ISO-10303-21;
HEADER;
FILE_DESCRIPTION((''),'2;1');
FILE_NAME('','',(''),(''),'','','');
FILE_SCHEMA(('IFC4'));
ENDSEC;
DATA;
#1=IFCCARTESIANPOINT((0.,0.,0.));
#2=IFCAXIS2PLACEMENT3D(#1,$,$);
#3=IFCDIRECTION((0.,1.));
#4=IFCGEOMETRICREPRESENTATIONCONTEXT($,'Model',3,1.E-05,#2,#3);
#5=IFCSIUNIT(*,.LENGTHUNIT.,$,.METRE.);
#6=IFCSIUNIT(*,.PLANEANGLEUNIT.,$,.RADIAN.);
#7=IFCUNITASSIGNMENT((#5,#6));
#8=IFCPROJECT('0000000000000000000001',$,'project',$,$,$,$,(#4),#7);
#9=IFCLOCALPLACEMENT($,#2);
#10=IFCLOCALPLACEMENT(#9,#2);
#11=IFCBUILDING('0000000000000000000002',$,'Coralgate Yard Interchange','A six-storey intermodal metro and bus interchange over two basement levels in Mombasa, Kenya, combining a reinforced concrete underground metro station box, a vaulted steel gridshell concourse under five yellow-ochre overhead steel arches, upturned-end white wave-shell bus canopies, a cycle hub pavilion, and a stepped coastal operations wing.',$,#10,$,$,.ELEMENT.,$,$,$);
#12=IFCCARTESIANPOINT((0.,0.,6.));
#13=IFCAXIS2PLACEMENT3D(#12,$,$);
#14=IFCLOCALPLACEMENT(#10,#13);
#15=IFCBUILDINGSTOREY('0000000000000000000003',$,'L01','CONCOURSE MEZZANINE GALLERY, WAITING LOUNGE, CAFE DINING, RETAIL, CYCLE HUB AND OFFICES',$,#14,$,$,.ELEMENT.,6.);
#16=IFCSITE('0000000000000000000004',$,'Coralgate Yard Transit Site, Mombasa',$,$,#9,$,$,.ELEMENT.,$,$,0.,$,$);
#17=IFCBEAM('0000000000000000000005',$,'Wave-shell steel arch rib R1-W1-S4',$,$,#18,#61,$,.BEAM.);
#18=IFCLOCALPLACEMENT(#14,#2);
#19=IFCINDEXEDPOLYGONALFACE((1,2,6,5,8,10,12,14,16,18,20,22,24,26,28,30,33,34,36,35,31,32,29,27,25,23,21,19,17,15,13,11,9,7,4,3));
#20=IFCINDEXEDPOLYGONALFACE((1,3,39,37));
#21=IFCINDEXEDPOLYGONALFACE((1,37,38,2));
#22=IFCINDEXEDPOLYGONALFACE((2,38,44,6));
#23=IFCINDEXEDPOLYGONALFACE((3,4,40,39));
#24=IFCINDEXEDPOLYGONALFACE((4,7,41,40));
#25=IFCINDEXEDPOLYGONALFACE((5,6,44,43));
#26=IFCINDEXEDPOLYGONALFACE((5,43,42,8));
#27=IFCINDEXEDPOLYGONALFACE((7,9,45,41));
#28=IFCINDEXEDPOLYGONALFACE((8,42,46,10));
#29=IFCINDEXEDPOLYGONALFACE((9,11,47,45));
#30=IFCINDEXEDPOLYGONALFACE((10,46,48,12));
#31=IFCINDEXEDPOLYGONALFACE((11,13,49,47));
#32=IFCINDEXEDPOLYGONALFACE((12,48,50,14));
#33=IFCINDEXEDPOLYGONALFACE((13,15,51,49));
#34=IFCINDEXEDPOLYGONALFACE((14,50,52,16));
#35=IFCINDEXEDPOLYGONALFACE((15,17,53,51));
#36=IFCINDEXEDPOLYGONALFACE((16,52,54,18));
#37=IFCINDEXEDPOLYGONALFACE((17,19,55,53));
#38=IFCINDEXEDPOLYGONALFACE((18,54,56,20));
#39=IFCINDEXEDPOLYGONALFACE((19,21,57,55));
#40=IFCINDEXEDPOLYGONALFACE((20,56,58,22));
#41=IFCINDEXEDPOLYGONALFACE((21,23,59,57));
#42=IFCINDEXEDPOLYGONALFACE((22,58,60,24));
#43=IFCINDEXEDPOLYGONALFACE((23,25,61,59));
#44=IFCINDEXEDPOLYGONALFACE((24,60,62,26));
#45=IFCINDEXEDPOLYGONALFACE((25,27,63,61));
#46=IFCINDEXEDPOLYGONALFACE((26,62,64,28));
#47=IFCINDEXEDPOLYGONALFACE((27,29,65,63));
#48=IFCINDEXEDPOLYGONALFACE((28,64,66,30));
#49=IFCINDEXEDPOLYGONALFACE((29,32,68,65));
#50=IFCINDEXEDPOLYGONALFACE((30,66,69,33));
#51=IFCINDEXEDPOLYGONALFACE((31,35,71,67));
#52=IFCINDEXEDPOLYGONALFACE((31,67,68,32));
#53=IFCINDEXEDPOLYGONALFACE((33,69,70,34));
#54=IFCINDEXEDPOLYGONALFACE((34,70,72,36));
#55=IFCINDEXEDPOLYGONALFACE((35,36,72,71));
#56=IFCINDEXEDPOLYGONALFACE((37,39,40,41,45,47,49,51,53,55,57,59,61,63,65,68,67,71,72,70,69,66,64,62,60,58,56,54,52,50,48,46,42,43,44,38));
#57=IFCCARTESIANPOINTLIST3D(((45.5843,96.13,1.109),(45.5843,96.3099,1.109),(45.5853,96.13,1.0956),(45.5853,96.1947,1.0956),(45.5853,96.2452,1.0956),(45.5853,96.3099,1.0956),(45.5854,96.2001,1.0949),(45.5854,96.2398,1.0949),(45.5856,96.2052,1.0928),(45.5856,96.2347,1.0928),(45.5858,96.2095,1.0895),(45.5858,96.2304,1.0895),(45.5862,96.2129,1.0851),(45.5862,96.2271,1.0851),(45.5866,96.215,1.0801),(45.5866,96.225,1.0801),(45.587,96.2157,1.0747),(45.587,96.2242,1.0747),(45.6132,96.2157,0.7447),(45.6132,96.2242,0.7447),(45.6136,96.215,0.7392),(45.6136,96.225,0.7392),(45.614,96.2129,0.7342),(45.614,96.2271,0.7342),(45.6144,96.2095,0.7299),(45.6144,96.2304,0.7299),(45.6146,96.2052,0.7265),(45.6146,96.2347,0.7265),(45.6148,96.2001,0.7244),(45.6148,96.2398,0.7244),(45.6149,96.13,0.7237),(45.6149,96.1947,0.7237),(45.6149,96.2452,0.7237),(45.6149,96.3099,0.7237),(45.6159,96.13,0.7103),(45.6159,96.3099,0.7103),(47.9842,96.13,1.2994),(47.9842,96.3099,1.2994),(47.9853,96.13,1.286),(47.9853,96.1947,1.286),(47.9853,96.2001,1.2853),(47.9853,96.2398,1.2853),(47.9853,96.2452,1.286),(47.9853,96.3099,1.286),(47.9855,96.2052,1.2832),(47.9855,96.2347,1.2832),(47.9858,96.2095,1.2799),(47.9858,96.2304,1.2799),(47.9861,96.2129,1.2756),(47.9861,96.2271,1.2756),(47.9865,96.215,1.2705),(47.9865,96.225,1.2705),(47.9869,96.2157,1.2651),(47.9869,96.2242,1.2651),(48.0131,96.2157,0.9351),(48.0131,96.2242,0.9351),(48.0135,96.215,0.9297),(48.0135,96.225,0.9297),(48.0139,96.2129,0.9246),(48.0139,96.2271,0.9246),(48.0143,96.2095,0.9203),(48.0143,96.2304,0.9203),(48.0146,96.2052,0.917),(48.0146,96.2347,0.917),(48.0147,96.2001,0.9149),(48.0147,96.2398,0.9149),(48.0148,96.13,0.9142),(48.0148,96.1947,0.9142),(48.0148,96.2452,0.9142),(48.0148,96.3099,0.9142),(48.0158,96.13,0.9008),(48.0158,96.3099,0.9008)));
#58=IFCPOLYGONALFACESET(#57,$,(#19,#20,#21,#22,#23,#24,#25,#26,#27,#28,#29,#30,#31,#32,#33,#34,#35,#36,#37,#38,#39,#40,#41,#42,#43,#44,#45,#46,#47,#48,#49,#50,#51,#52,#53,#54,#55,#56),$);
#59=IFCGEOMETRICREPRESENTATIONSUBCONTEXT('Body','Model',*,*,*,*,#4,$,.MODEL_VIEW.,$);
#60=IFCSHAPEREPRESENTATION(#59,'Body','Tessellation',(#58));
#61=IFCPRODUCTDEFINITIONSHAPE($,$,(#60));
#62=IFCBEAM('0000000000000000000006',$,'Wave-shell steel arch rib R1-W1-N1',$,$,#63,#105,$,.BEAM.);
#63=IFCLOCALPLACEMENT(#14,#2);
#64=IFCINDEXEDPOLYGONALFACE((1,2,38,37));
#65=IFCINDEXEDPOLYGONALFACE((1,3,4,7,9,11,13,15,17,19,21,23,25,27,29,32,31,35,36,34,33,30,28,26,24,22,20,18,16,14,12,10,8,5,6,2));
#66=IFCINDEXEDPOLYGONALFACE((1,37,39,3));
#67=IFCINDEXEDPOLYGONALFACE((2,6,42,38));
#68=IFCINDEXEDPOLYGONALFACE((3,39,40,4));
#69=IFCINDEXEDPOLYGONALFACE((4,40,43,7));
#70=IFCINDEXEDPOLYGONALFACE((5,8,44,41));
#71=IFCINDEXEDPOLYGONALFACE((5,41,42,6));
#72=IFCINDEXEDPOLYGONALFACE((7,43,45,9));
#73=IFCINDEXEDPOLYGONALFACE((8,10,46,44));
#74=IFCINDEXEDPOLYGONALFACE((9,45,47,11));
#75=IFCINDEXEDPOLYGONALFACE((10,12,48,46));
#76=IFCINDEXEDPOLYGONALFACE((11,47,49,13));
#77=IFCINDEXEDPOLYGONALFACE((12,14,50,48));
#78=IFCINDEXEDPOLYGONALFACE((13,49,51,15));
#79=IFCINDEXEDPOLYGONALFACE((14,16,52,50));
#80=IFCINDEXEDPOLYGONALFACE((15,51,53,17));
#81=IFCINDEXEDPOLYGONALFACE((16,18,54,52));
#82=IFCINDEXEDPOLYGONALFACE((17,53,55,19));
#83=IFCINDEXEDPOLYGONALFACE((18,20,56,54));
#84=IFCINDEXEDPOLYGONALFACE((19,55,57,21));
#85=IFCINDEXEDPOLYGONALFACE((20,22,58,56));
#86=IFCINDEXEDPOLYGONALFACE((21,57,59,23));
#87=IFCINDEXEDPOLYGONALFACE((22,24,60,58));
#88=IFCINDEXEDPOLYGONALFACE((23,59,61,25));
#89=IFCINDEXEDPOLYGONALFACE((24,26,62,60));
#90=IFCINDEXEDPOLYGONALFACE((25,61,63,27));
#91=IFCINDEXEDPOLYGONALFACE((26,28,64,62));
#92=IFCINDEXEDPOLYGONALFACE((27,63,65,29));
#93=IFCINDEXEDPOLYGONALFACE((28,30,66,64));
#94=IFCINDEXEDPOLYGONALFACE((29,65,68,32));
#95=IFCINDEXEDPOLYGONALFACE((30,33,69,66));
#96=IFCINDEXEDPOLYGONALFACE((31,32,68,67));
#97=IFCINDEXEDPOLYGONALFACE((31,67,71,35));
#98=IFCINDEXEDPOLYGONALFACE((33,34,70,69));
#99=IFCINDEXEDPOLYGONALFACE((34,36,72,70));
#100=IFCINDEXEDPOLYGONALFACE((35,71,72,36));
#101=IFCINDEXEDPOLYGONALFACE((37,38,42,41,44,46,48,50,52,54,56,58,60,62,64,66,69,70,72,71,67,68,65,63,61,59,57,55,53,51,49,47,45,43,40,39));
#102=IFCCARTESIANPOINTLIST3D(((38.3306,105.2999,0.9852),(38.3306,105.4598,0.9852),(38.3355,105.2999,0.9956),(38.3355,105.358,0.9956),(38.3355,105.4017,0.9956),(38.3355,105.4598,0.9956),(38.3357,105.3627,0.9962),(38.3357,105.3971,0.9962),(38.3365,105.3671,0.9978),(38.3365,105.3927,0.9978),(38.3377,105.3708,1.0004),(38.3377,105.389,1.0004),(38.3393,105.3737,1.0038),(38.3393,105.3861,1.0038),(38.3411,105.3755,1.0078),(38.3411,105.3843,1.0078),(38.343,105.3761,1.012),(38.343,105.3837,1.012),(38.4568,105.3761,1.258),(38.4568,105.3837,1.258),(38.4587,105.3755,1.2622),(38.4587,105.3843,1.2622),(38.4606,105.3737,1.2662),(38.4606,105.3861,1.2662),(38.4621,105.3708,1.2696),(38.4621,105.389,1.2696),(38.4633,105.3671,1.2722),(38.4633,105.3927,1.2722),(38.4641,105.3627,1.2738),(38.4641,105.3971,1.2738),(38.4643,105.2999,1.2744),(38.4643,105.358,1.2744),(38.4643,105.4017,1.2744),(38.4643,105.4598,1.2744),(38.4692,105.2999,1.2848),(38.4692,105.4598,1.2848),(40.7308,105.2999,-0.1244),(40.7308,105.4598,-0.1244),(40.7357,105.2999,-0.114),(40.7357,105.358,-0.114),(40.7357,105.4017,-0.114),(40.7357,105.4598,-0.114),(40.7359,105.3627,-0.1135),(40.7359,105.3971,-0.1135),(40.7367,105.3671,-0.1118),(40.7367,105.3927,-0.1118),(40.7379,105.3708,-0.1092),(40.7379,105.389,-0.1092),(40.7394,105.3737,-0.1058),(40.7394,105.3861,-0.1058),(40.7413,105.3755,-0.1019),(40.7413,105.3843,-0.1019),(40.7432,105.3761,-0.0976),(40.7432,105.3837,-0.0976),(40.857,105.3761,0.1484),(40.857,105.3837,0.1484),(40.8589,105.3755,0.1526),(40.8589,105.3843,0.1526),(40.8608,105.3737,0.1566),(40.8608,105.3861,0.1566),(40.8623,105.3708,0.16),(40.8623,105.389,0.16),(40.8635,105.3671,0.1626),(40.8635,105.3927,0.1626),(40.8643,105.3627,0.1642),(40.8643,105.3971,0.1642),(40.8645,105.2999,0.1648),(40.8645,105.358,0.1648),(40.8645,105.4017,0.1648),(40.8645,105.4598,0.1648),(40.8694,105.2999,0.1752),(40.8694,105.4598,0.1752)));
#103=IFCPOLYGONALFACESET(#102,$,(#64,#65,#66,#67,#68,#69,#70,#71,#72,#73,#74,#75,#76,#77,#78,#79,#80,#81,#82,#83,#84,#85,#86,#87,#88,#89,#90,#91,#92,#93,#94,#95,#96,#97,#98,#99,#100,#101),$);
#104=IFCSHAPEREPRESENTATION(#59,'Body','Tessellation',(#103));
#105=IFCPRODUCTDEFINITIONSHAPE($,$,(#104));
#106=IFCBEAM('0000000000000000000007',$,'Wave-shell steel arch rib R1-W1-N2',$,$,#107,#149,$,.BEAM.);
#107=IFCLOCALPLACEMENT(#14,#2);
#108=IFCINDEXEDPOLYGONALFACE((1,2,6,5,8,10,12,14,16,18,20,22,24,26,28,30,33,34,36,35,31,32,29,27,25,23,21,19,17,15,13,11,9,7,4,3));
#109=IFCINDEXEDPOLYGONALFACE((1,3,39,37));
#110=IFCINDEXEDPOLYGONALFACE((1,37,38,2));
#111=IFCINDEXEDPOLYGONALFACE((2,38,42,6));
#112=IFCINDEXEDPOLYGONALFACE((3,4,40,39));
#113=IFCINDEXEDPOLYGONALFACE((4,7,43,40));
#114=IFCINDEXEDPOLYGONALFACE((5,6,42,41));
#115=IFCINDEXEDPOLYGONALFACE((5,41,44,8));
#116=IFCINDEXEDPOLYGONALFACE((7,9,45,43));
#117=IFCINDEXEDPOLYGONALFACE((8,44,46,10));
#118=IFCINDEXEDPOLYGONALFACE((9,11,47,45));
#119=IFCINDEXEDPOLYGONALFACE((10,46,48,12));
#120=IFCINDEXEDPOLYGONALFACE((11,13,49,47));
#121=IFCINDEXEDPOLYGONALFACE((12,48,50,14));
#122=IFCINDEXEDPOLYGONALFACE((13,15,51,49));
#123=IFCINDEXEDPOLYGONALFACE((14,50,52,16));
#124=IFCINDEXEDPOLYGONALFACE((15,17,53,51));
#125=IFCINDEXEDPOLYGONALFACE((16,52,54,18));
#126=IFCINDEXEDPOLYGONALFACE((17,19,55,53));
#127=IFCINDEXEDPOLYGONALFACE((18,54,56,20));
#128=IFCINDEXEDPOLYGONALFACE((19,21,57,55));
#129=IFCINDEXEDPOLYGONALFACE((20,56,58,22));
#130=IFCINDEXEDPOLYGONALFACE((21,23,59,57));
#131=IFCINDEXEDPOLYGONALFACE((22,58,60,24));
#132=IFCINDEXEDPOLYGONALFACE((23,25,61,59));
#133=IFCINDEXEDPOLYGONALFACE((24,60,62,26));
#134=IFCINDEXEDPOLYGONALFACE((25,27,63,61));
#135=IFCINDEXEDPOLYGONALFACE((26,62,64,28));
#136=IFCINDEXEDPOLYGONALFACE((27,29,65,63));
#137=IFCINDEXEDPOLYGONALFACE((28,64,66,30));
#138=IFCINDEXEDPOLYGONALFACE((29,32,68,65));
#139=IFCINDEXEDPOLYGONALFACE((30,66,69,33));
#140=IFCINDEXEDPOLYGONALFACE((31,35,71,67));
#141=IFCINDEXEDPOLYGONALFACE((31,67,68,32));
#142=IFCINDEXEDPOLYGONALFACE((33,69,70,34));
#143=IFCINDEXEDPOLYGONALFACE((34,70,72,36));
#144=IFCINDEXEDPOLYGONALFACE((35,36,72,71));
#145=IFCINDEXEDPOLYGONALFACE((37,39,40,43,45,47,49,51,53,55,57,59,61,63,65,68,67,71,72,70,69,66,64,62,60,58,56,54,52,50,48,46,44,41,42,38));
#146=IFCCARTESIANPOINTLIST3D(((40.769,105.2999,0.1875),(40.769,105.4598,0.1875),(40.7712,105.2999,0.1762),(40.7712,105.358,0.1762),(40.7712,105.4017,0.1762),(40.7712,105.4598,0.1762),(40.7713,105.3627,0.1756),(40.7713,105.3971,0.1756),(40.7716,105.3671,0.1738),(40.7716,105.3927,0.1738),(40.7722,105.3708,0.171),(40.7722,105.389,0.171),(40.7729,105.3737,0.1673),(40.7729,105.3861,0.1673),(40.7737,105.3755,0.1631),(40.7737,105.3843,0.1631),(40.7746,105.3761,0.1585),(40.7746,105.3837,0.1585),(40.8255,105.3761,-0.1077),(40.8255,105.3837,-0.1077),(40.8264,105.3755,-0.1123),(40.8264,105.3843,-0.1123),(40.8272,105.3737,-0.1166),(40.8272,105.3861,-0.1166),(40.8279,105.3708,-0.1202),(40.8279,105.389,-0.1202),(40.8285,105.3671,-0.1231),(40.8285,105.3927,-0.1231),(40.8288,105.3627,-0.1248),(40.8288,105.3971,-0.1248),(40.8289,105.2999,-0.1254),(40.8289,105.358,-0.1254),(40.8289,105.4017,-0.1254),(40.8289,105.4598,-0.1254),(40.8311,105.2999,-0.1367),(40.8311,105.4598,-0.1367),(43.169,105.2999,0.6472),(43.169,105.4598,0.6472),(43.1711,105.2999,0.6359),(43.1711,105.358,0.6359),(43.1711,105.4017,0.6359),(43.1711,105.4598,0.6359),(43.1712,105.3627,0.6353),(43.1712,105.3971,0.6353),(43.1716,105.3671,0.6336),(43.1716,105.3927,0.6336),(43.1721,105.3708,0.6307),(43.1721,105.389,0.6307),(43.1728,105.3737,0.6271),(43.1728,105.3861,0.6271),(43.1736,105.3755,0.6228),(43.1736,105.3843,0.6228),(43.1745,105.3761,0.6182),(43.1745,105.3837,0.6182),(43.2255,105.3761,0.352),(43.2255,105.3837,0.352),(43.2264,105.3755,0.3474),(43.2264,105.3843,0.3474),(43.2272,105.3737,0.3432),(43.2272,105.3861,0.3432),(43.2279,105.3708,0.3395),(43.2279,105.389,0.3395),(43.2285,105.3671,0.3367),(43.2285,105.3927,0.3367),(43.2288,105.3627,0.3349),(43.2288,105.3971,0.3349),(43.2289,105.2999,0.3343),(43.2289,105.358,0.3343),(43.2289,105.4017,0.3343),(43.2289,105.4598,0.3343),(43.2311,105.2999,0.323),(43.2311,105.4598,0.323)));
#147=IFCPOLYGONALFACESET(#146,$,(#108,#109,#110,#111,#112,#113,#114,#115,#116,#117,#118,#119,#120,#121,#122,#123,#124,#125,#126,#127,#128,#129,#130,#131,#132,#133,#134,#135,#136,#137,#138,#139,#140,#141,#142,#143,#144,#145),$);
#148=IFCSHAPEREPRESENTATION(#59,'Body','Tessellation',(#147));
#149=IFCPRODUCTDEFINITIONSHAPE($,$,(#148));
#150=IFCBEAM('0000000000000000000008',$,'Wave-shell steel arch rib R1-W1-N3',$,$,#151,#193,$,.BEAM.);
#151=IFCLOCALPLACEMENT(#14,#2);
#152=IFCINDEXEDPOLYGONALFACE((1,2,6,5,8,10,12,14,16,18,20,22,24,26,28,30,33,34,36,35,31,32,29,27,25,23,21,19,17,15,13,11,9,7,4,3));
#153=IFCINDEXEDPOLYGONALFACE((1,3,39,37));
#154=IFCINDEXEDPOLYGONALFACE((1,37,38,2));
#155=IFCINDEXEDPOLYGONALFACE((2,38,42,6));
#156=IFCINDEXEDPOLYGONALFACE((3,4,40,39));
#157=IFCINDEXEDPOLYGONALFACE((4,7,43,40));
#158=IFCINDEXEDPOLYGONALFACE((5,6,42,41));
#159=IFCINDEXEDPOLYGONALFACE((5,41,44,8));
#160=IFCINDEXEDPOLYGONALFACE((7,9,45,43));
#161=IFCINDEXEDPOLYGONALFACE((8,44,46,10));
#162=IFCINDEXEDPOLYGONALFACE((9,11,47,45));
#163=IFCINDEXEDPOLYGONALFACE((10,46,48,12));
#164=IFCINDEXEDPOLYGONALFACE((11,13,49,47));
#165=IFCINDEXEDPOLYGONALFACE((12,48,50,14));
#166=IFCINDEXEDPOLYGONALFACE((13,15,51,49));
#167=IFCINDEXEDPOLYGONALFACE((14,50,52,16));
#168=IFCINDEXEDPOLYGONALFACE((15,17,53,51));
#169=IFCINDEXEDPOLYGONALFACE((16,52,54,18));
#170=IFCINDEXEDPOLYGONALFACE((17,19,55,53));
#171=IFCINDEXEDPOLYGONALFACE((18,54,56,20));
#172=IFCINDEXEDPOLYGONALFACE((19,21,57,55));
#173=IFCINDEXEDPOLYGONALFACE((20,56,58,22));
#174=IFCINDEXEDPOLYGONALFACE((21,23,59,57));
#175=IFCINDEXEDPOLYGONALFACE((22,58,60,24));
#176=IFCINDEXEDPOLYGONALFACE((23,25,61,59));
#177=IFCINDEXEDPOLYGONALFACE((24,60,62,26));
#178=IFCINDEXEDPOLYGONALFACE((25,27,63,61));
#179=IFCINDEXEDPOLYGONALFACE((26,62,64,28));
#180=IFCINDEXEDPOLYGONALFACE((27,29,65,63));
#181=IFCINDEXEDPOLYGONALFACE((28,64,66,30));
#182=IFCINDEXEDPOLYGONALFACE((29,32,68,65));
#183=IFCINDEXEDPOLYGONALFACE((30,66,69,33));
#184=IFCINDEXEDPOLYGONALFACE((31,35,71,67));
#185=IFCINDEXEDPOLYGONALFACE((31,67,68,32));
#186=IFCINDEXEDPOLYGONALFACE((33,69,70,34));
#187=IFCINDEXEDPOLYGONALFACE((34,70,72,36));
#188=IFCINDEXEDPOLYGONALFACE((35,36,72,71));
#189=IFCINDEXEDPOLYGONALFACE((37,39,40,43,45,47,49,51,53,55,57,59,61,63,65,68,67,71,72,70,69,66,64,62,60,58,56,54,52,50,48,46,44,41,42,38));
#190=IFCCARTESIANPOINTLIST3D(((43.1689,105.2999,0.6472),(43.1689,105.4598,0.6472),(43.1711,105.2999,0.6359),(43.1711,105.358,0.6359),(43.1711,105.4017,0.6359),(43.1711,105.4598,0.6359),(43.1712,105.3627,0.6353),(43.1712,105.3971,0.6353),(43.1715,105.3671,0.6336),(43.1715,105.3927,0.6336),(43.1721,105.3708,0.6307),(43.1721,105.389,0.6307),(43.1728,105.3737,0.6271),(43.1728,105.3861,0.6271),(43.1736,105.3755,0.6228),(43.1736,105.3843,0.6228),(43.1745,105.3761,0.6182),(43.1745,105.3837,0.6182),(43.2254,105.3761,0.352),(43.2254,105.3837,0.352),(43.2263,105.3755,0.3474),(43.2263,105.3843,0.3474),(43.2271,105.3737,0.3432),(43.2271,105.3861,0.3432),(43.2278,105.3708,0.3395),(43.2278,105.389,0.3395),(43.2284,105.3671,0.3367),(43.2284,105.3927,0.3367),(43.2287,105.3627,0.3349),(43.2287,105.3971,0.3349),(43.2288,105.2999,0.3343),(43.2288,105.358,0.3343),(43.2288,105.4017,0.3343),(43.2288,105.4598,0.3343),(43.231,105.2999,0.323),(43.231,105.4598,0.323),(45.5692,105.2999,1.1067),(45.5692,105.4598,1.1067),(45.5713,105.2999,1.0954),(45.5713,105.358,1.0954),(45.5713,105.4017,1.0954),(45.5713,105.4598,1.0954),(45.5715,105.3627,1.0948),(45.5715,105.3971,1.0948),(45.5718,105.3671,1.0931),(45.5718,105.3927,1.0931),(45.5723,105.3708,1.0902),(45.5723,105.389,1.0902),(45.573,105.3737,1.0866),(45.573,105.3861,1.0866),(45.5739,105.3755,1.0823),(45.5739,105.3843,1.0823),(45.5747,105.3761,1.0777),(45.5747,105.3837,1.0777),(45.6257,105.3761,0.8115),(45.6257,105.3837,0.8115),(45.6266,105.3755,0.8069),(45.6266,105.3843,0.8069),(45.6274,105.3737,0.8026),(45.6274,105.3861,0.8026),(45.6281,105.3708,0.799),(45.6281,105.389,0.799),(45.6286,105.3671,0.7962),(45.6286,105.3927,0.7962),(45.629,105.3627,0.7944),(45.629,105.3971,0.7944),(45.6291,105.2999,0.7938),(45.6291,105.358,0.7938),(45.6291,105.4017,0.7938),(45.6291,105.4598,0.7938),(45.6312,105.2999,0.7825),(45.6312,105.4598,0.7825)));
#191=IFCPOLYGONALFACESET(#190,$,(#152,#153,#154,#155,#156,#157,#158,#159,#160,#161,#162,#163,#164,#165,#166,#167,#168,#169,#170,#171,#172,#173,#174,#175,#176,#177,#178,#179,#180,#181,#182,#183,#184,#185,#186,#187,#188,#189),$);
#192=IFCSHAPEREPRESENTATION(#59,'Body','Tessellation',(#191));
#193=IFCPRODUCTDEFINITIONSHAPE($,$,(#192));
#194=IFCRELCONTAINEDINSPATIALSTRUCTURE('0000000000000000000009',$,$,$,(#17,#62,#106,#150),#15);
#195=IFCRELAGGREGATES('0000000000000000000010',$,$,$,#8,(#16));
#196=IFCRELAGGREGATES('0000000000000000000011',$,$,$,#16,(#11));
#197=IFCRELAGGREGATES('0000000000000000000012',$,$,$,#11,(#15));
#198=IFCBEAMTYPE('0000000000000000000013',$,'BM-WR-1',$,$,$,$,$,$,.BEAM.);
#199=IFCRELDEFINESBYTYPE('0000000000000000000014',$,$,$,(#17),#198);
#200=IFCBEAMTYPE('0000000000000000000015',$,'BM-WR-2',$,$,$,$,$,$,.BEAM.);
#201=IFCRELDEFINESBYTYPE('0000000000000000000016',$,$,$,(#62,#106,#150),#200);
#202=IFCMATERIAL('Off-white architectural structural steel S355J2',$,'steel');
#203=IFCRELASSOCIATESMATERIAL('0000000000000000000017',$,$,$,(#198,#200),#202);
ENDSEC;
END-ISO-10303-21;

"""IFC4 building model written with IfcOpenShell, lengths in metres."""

from ifc_helpers import new_model, si_unit, direction, frame, origin, origin_2d, place, context, subcontext, project, spatial, i_section, extrude, material, material_profile, profile_set, type_object, element, save


model = new_model("IFC4")

# Units and contexts
model_context = context("Model", 3, precision=1e-05, world=origin(), true_north=direction((0.0, 1.0)))
body_context = subcontext(model_context, "Body", "Model", "MODEL_VIEW")
ifc_project = project(units=[si_unit("LENGTHUNIT", "METRE"), si_unit("PLANEANGLEUNIT", "RADIAN")], contexts=[model_context])

# Site, building, storey
site_placement = place(None, origin())
site = spatial("IfcSite", under=ifc_project, at=site_placement, Name="Coralgate Yard Transit Site, Mombasa", CompositionType="ELEMENT", RefElevation=0.0)
building_placement = place(site_placement, origin())
building = spatial("IfcBuilding", under=site, at=building_placement, Name="Coralgate Yard Interchange", Description="A six-storey intermodal metro and bus interchange over two basement levels in Mombasa, Kenya, combining a reinforced concrete underground metro station box, a vaulted steel gridshell concourse under five yellow-ochre overhead steel arches, upturned-end white wave-shell bus canopies, a cycle hub pavilion, and a stepped coastal operations wing.", CompositionType="ELEMENT")
storey_placement = place(building_placement, frame((0.0, 0.0, 6.0)))
storey = spatial("IfcBuildingStorey", under=building, at=storey_placement, Name="L01", Description="CONCOURSE MEZZANINE GALLERY, WAITING LOUNGE, CAFE DINING, RETAIL, CYCLE HUB AND OFFICES", CompositionType="ELEMENT", Elevation=6.0)

# Beams
ifc_material_1 = material(Name="Off-white architectural structural steel S355J2", Category="steel")
ifc_material_profile_1 = material_profile(ifc_material_1, i_section(OverallWidth=0.1799, OverallDepth=0.3999, WebThickness=0.0085, FlangeThickness=0.0134, FilletRadius=0.021, at=origin_2d()), Name="IPE 400")
ifc_profile_set_1 = profile_set([ifc_material_profile_1], Name="Off-white architectural structural steel S355J2")
beam_type_1 = type_object("IfcBeamType", Name="BM-WR-1", PredefinedType="BEAM", material=ifc_profile_set_1)
beam_1_placement = place(storey_placement, frame((45.6001, 96.22, 0.9097), z_axis=(0.996867, 0.0, 0.0791), x_axis=(0.0, 1.0, 0.0)))
element("IfcBeam", 1, at=beam_1_placement, inside=storey, type_object=beam_type_1, Name="Wave-shell steel arch rib R1-W1-S4", PredefinedType="BEAM", context=body_context, shape_type="SweptSolid", body=[
    extrude(i_section(OverallWidth=0.1799, OverallDepth=0.3999, WebThickness=0.0085, FlangeThickness=0.0134, FilletRadius=0.021, at=origin_2d()), origin(), (0.0, 0.0, 1.0), 2.4075),
])
ifc_material_profile_2 = material_profile(ifc_material_1, i_section(OverallWidth=0.1599, OverallDepth=0.3301, WebThickness=0.0076, FlangeThickness=0.0115, FilletRadius=0.0181, at=origin_2d()), Name="IPE 330")
ifc_profile_set_2 = profile_set([ifc_material_profile_2], Name="Off-white architectural structural steel S355J2")
beam_type_2 = type_object("IfcBeamType", Name="BM-WR-2", PredefinedType="BEAM", material=ifc_profile_set_2)
beam_2_placement = place(storey_placement, frame((38.3999, 105.3799, 1.135), z_axis=(0.907692, 0.0, -0.419638), x_axis=(0.0, 1.0, 0.0)))
element("IfcBeam", 2, at=beam_2_placement, inside=storey, type_object=beam_type_2, Name="Wave-shell steel arch rib R1-W1-N1", PredefinedType="BEAM", context=body_context, shape_type="SweptSolid", body=[
    extrude(i_section(OverallWidth=0.1599, OverallDepth=0.3301, WebThickness=0.0076, FlangeThickness=0.0115, FilletRadius=0.0181, at=origin_2d()), origin(), (0.0, 0.0, 1.0), 2.6443),
])
beam_3_placement = place(storey_placement, frame((40.8, 105.3799, 0.0254), z_axis=(0.982143, 0.0, 0.188136), x_axis=(0.0, 1.0, 0.0)))
element("IfcBeam", 3, at=beam_3_placement, inside=storey, type_object=beam_type_2, Name="Wave-shell steel arch rib R1-W1-N2", PredefinedType="BEAM", context=body_context, shape_type="SweptSolid", body=[
    extrude(i_section(OverallWidth=0.1599, OverallDepth=0.3301, WebThickness=0.0076, FlangeThickness=0.0115, FilletRadius=0.0181, at=origin_2d()), origin(), (0.0, 0.0, 1.0), 2.4436),
])
beam_4_placement = place(storey_placement, frame((43.2, 105.3799, 0.4851), z_axis=(0.982165, 0.0, 0.188021), x_axis=(0.0, 1.0, 0.0)))
element("IfcBeam", 4, at=beam_4_placement, inside=storey, type_object=beam_type_2, Name="Wave-shell steel arch rib R1-W1-N3", PredefinedType="BEAM", context=body_context, shape_type="SweptSolid", body=[
    extrude(i_section(OverallWidth=0.1599, OverallDepth=0.3301, WebThickness=0.0076, FlangeThickness=0.0115, FilletRadius=0.0181, at=origin_2d()), origin(), (0.0, 0.0, 1.0), 2.4438),
])

save(model, "model.ifc")
